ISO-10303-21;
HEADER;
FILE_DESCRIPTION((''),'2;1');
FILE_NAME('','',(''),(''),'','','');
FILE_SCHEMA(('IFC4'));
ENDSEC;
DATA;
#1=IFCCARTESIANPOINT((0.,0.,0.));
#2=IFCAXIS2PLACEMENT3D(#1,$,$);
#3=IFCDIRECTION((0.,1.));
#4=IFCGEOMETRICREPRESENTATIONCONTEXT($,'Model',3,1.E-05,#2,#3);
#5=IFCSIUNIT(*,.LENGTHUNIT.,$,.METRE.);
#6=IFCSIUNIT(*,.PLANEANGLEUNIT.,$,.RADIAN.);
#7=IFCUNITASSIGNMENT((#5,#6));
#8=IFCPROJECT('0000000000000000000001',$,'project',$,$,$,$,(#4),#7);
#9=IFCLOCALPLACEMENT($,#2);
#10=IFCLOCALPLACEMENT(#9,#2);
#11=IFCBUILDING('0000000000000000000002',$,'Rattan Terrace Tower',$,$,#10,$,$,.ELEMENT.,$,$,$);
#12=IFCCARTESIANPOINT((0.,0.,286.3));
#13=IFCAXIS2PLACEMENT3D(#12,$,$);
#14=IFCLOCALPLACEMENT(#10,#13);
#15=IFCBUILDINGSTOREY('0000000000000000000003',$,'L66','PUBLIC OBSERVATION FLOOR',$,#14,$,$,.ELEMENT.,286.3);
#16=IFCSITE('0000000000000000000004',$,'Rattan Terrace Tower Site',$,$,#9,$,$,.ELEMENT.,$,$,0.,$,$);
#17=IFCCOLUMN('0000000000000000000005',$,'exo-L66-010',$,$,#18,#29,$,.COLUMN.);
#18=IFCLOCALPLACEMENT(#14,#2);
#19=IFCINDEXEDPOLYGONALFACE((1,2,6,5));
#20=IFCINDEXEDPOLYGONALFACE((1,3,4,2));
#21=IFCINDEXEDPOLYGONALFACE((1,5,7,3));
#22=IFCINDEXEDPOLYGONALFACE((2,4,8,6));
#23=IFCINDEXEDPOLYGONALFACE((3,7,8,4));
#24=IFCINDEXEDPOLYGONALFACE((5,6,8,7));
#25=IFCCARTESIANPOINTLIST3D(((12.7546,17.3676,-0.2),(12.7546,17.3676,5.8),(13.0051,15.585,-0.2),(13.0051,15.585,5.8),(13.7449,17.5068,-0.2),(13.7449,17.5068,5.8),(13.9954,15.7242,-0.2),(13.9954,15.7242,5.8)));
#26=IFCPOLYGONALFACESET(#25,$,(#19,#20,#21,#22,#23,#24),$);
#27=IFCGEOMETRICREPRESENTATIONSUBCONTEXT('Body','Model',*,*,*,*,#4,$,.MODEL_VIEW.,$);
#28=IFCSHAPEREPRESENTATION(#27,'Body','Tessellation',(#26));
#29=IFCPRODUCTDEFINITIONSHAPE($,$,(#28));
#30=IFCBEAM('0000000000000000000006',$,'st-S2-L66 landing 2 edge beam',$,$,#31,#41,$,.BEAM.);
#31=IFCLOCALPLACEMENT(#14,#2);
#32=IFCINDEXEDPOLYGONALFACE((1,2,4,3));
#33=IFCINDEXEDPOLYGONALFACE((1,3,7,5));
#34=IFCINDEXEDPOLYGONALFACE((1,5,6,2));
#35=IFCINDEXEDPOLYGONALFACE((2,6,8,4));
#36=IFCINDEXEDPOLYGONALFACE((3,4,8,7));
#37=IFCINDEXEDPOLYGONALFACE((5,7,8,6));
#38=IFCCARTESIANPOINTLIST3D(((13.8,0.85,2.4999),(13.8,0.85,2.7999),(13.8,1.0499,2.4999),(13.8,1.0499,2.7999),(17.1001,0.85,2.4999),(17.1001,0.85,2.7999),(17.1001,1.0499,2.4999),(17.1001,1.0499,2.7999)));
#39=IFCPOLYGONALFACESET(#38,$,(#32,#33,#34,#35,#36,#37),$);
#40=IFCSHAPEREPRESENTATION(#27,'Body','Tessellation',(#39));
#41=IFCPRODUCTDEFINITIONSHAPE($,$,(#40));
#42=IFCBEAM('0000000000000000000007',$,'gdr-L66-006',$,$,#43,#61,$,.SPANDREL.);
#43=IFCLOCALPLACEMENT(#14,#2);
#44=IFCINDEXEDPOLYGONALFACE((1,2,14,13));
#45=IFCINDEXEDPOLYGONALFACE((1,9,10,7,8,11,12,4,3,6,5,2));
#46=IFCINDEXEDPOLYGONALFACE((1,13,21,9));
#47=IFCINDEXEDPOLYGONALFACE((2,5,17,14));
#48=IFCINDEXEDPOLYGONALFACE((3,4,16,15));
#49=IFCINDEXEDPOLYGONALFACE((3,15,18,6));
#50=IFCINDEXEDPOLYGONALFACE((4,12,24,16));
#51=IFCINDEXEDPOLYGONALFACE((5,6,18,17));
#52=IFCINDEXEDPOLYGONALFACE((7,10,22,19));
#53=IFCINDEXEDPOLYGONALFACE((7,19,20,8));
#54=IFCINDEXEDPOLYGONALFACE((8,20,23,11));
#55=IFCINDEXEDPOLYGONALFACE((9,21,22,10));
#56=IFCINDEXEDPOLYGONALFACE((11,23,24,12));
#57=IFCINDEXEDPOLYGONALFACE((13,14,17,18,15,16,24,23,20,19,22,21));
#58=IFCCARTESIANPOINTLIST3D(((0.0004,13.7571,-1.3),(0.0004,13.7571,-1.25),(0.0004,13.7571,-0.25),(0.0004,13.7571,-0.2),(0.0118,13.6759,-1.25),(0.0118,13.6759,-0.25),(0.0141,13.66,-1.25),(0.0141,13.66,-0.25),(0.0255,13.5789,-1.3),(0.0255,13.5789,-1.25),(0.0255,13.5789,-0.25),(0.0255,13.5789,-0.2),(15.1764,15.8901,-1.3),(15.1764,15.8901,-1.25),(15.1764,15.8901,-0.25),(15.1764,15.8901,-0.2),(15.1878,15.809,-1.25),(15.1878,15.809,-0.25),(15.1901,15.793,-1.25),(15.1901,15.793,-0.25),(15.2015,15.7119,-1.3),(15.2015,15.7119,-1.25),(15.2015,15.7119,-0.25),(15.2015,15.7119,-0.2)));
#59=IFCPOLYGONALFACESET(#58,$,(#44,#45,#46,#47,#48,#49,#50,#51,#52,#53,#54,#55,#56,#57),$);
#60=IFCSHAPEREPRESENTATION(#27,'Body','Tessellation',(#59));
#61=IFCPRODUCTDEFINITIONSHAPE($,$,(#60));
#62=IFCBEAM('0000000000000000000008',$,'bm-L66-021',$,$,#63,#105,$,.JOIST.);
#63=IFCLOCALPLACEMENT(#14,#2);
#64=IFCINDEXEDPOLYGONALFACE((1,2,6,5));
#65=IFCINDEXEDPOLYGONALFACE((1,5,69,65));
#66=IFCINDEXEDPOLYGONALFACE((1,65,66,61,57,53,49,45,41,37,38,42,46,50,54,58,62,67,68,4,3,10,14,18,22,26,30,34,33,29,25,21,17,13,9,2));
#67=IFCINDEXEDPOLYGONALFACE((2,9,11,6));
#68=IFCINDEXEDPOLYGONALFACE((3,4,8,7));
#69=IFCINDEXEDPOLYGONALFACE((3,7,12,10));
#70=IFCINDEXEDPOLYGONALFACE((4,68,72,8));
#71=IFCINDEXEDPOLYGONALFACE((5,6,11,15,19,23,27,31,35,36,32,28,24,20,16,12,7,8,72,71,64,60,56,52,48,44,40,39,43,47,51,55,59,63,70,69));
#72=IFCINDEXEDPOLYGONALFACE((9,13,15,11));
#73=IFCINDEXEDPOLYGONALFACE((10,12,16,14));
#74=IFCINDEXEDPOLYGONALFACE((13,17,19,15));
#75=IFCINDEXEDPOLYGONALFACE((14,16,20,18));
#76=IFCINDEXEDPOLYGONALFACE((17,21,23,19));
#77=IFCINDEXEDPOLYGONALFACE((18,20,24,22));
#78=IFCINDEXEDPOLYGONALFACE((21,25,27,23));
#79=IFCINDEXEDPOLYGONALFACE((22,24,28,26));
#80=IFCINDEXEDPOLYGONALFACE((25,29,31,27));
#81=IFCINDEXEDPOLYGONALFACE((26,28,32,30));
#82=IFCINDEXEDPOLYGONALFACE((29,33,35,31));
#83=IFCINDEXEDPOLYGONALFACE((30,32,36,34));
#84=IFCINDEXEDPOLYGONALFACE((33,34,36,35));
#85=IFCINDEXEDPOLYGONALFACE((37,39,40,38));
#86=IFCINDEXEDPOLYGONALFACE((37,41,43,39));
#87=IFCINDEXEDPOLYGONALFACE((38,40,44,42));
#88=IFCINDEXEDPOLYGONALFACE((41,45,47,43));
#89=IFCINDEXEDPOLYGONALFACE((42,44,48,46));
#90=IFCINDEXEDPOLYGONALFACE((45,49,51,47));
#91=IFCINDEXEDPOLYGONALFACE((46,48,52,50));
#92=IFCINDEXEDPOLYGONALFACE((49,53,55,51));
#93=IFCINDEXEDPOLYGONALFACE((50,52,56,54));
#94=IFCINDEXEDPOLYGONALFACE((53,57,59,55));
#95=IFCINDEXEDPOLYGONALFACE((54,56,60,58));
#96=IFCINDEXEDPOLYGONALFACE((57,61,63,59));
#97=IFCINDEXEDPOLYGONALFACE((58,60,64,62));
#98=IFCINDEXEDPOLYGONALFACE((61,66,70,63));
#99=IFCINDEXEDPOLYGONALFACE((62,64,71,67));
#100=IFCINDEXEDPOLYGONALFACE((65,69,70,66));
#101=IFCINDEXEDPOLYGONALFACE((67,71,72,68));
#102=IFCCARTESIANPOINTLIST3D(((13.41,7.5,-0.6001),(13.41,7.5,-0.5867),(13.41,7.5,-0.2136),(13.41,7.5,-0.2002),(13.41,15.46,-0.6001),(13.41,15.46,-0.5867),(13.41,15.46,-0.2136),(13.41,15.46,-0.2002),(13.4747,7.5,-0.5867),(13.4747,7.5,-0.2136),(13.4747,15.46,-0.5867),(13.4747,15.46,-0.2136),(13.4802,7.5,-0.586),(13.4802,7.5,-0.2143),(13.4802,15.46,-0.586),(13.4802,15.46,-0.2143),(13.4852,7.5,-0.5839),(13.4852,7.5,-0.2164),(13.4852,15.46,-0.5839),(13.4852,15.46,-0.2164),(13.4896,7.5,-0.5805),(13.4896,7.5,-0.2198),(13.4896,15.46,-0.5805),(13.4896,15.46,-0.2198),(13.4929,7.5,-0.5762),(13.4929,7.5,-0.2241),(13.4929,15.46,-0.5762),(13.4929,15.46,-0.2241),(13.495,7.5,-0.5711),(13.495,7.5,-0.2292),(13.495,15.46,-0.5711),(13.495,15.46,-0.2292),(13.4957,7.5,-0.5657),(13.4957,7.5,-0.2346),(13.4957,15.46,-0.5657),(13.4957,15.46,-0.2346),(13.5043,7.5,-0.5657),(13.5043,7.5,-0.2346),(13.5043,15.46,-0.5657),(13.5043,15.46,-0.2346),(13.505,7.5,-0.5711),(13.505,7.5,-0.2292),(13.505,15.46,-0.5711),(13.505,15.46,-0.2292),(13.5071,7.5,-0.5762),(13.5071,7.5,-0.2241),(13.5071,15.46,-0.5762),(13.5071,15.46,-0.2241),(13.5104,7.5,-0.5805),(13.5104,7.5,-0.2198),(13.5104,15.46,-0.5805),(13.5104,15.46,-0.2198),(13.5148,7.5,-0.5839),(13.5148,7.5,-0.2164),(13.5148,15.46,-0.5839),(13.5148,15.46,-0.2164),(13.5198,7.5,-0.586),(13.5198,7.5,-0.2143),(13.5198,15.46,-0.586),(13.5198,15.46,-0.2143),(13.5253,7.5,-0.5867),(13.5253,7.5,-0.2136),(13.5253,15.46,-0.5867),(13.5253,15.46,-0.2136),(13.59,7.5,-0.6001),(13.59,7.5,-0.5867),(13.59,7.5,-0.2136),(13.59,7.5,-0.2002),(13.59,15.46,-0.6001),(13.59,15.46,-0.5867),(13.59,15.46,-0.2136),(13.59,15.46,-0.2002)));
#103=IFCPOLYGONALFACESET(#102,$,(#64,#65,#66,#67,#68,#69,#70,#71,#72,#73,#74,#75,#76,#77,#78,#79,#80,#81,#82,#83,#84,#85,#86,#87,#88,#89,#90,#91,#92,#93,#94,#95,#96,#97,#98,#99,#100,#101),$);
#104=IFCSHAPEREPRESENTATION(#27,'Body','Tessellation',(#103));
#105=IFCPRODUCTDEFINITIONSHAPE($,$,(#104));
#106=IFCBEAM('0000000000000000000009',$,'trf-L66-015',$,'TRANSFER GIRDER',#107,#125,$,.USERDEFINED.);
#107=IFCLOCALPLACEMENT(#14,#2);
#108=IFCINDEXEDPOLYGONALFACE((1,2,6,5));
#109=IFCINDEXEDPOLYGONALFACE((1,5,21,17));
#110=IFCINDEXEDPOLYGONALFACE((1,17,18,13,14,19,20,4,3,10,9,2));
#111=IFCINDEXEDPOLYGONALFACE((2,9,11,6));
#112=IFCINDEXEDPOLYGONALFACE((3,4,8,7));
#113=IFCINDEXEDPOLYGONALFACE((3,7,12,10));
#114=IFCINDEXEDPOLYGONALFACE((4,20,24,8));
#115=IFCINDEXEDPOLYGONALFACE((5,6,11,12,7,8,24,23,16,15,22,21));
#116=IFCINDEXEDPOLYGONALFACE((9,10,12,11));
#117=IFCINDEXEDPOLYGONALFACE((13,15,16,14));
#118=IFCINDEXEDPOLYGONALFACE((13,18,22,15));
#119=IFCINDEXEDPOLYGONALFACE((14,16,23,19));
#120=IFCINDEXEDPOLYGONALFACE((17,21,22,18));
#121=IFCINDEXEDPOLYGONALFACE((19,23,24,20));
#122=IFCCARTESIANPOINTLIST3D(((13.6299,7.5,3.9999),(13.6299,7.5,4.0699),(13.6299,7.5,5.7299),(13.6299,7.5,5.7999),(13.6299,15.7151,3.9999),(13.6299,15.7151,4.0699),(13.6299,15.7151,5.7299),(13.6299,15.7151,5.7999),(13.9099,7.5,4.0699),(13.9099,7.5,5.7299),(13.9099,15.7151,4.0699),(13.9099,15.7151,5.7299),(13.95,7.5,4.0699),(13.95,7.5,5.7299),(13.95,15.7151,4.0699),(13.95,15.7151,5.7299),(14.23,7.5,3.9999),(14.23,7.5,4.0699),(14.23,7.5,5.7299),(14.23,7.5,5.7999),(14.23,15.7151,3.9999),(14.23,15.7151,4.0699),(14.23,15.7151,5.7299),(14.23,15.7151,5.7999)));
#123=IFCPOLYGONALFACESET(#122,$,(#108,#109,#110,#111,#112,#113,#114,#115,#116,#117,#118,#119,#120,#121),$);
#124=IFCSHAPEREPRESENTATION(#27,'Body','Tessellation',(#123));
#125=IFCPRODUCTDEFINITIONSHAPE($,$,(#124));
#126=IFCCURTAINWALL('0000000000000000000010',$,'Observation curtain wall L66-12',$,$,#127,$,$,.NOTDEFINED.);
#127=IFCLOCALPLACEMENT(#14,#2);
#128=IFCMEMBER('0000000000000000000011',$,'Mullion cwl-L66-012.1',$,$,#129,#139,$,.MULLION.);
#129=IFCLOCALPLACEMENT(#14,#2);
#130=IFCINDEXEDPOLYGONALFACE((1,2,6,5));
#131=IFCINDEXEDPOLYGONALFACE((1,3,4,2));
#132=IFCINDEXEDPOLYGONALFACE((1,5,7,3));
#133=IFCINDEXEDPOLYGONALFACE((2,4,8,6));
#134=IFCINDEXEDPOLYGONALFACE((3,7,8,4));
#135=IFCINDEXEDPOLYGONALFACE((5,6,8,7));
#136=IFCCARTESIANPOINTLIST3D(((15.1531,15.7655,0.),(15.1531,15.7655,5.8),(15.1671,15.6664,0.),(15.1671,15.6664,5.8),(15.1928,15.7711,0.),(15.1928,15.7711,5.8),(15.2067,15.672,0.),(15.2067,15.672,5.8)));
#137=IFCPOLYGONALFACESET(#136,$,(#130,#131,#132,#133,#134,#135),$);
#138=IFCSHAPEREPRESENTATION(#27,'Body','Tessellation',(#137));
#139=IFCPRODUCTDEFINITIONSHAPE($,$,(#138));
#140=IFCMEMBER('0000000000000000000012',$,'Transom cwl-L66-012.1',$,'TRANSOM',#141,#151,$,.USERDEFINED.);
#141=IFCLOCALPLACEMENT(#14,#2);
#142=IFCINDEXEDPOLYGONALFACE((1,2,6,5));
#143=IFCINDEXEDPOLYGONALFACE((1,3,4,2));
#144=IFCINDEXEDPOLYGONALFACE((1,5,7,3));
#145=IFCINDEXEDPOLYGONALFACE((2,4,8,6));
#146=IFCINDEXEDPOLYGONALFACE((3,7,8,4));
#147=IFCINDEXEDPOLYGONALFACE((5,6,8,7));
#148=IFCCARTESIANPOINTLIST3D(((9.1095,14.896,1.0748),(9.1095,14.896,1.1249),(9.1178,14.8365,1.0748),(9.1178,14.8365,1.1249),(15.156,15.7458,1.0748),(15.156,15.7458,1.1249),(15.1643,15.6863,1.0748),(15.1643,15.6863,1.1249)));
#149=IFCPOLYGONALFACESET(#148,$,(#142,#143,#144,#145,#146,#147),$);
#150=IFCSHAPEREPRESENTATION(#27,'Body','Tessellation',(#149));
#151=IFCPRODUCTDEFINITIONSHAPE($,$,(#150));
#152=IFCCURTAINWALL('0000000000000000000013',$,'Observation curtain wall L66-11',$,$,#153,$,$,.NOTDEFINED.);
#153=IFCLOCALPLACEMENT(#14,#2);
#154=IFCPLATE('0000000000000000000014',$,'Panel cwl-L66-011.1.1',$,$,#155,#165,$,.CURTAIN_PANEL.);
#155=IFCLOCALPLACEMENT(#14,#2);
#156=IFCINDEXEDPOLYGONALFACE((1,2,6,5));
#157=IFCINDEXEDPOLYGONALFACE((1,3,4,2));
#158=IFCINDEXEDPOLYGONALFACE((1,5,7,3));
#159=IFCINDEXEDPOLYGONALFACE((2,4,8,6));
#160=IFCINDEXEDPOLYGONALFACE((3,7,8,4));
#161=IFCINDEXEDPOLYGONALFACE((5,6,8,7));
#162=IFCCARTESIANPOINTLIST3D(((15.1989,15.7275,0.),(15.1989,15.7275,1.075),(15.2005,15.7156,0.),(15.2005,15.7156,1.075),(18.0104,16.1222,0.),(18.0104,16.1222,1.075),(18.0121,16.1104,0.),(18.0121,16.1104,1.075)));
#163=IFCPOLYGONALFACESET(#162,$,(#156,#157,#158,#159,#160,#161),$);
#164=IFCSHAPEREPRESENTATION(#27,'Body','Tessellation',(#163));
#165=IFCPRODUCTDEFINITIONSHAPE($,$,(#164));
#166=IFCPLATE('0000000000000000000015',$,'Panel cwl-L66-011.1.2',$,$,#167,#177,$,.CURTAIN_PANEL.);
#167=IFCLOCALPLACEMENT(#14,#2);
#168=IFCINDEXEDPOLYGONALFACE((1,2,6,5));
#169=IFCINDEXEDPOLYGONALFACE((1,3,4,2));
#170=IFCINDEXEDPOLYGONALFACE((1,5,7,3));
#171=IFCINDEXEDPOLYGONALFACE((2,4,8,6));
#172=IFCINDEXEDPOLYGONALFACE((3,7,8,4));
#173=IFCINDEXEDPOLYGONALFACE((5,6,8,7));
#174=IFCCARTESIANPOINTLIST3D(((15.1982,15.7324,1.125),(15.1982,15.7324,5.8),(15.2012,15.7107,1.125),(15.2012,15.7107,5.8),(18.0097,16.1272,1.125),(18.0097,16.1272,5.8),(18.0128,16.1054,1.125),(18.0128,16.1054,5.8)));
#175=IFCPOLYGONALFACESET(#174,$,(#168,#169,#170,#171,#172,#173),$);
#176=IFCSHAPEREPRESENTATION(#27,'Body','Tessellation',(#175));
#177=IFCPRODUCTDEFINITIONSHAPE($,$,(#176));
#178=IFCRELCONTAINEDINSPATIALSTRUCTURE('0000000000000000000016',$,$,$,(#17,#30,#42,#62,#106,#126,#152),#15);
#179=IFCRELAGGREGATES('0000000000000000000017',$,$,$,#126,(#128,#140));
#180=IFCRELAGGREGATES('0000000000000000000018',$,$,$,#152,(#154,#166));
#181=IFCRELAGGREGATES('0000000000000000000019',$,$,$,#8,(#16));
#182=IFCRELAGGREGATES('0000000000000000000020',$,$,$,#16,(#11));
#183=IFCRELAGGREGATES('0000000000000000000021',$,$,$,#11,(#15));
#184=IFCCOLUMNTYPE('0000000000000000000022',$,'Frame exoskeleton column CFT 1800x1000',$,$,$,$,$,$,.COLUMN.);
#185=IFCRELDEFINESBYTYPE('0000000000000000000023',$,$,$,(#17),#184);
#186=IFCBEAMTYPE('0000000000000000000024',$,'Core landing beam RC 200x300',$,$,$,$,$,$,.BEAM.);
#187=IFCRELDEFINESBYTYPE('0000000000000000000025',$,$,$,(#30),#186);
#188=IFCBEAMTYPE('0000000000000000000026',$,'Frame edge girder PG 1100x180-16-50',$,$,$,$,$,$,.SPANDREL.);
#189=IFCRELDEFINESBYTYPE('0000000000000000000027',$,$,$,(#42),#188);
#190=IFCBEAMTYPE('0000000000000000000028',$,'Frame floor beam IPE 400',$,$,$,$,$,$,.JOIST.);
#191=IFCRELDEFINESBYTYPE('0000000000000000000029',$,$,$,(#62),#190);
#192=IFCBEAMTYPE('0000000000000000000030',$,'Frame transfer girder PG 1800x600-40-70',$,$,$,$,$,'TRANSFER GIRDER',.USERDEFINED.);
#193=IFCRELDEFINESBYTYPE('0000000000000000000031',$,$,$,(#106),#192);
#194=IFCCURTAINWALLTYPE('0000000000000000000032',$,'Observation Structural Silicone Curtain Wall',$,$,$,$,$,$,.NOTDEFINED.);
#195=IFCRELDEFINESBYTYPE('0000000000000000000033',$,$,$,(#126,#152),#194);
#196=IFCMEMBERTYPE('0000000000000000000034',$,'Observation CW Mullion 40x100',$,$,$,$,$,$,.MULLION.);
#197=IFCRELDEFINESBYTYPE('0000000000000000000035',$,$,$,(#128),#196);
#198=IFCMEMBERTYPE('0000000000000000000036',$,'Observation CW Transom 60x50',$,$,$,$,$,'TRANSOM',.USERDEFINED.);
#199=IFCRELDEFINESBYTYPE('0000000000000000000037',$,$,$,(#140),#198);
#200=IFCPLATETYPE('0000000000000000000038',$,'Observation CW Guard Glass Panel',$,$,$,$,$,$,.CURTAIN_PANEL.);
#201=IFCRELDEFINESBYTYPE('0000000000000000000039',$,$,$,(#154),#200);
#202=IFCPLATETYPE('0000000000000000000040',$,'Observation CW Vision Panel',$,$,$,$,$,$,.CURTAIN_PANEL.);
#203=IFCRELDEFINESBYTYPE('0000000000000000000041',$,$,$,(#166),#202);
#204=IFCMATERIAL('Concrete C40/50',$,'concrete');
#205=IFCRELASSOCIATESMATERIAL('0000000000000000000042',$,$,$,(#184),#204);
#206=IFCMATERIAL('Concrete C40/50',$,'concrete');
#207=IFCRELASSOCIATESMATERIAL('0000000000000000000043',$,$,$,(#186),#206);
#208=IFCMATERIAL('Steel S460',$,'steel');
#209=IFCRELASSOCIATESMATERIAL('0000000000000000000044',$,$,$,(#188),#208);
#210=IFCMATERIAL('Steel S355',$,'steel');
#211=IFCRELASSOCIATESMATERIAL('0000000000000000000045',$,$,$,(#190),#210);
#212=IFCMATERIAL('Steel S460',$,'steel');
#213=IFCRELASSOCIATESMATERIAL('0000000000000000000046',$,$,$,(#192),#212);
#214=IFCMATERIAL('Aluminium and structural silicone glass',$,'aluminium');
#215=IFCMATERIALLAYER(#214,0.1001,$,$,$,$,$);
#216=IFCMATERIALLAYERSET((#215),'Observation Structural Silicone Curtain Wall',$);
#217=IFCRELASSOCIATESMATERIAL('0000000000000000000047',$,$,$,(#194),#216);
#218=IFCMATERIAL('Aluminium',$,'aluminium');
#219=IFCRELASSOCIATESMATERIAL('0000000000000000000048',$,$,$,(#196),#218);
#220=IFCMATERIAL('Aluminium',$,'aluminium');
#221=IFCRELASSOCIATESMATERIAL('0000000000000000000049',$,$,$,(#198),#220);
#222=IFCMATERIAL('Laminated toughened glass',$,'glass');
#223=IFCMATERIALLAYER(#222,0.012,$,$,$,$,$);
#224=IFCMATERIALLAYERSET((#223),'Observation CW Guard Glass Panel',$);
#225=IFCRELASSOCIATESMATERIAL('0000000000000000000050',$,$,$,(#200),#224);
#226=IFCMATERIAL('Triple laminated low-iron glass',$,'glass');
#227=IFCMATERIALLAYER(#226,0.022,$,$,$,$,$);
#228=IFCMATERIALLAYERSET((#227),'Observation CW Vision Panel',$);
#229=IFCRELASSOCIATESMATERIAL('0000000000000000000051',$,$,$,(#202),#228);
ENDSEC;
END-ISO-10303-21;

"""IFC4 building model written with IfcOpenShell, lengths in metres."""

from ifc_helpers import new_model, si_unit, direction, frame, origin, origin_2d, place, context, subcontext, project, spatial, rectangle, i_section, extrude, material, layer, layer_set, material_profile, profile_set, type_object, element, aggregate, save


model = new_model("IFC4")

# Units and contexts
model_context = context("Model", 3, precision=1e-05, world=origin(), true_north=direction((0.0, 1.0)))
body_context = subcontext(model_context, "Body", "Model", "MODEL_VIEW")
ifc_project = project(units=[si_unit("LENGTHUNIT", "METRE"), si_unit("PLANEANGLEUNIT", "RADIAN")], contexts=[model_context])

# Site, building, storey
site_placement = place(None, origin())
site = spatial("IfcSite", under=ifc_project, at=site_placement, Name="Rattan Terrace Tower Site", CompositionType="ELEMENT", RefElevation=0.0)
building_placement = place(site_placement, origin())
building = spatial("IfcBuilding", under=site, at=building_placement, Name="Rattan Terrace Tower", CompositionType="ELEMENT")
storey_placement = place(building_placement, frame((0.0, 0.0, 286.3)))
storey = spatial("IfcBuildingStorey", under=building, at=storey_placement, Name="L66", Description="PUBLIC OBSERVATION FLOOR", CompositionType="ELEMENT", Elevation=286.3)

# Column
ifc_material_1 = material(Name="Concrete C40/50", Category="concrete")
ifc_material_profile_1 = material_profile(ifc_material_1, rectangle(XDim=1.0, YDim=1.8, at=origin_2d()), Name="CFT 1800x1000")
ifc_profile_set_1 = profile_set([ifc_material_profile_1], Name="Concrete C40/50")
column_type = type_object("IfcColumnType", Name="Frame exoskeleton column CFT 1800x1000", PredefinedType="COLUMN", material=ifc_profile_set_1)
column_placement = place(storey_placement, frame((13.375, 16.5459, -0.2), z_axis=(0.0, 0.0, 1.0), x_axis=(0.990266, 0.13919, 0.0)))
element("IfcColumn", 1, at=column_placement, inside=storey, type_object=column_type, Name="exo-L66-010", PredefinedType="COLUMN", context=body_context, shape_type="SweptSolid", body=[
    extrude(rectangle(XDim=1.0, YDim=1.8, at=origin_2d()), origin(), (0.0, 0.0, 1.0), 6.0),
])

# Beams
ifc_material_2 = material(Name="Concrete C40/50", Category="concrete")
ifc_material_profile_2 = material_profile(ifc_material_2, rectangle(XDim=0.2, YDim=0.3, at=origin_2d()), Name="RC 200x300")
ifc_profile_set_2 = profile_set([ifc_material_profile_2], Name="Concrete C40/50")
beam_type_1 = type_object("IfcBeamType", Name="Core landing beam RC 200x300", PredefinedType="BEAM", material=ifc_profile_set_2)
beam_1_placement = place(storey_placement, frame((13.8, 0.95, 2.6499), z_axis=(1.0, 0.0, 0.0), x_axis=(0.0, 1.0, 0.0)))
element("IfcBeam", 2, at=beam_1_placement, inside=storey, type_object=beam_type_1, Name="st-S2-L66 landing 2 edge beam", PredefinedType="BEAM", context=body_context, shape_type="SweptSolid", body=[
    extrude(rectangle(XDim=0.2, YDim=0.3, at=origin_2d()), origin(), (0.0, 0.0, 1.0), 3.3),
])
ifc_material_3 = material(Name="Steel S460", Category="steel")
ifc_material_profile_3 = material_profile(ifc_material_3, i_section(OverallWidth=0.1799, OverallDepth=1.1001, WebThickness=0.0161, FlangeThickness=0.05, at=origin_2d()), Name="PG 1100x180-16-50")
ifc_profile_set_3 = profile_set([ifc_material_profile_3], Name="Steel S460")
beam_type_2 = type_object("IfcBeamType", Name="Frame edge girder PG 1100x180-16-50", PredefinedType="SPANDREL", material=ifc_profile_set_3)
beam_2_placement = place(storey_placement, frame((15.189, 15.801, -0.75), z_axis=(-0.990266, -0.139186, 0.0), x_axis=(0.139186, -0.990266, 0.0)))
element("IfcBeam", 3, at=beam_2_placement, inside=storey, type_object=beam_type_2, Name="gdr-L66-006", PredefinedType="SPANDREL", context=body_context, shape_type="SweptSolid", body=[
    extrude(i_section(OverallWidth=0.1799, OverallDepth=1.1001, WebThickness=0.0161, FlangeThickness=0.05, at=origin_2d()), origin(), (0.0, 0.0, 1.0), 15.3252),
])
ifc_material_4 = material(Name="Steel S355", Category="steel")
ifc_material_profile_4 = material_profile(ifc_material_4, i_section(OverallWidth=0.1799, OverallDepth=0.3999, WebThickness=0.0085, FlangeThickness=0.0134, FilletRadius=0.021, at=origin_2d()), Name="IPE 400")
ifc_profile_set_4 = profile_set([ifc_material_profile_4], Name="Steel S355")
beam_type_3 = type_object("IfcBeamType", Name="Frame floor beam IPE 400", PredefinedType="JOIST", material=ifc_profile_set_4)
beam_3_placement = place(storey_placement, frame((13.5, 7.5, -0.4001), z_axis=(0.0, 1.0, 0.0), x_axis=(-1.0, 0.0, 0.0)))
element("IfcBeam", 4, at=beam_3_placement, inside=storey, type_object=beam_type_3, Name="bm-L66-021", PredefinedType="JOIST", context=body_context, shape_type="SweptSolid", body=[
    extrude(i_section(OverallWidth=0.1799, OverallDepth=0.3999, WebThickness=0.0085, FlangeThickness=0.0134, FilletRadius=0.021, at=origin_2d()), origin(), (0.0, 0.0, 1.0), 7.96),
])
ifc_material_5 = material(Name="Steel S460", Category="steel")
ifc_material_profile_5 = material_profile(ifc_material_5, i_section(OverallWidth=0.6001, OverallDepth=1.8, WebThickness=0.04, FlangeThickness=0.0701, at=origin_2d()), Name="PG 1800x600-40-70")
ifc_profile_set_5 = profile_set([ifc_material_profile_5], Name="Steel S460")
beam_type_4 = type_object("IfcBeamType", Name="Frame transfer girder PG 1800x600-40-70", ElementType="TRANSFER GIRDER", PredefinedType="USERDEFINED", material=ifc_profile_set_5)
beam_4_placement = place(storey_placement, frame((13.9299, 7.5, 4.8999), z_axis=(0.0, 1.0, 0.0), x_axis=(-1.0, 0.0, 0.0)))
element("IfcBeam", 5, at=beam_4_placement, inside=storey, type_object=beam_type_4, Name="trf-L66-015", ObjectType="TRANSFER GIRDER", PredefinedType="USERDEFINED", context=body_context, shape_type="SweptSolid", body=[
    extrude(i_section(OverallWidth=0.6001, OverallDepth=1.8, WebThickness=0.04, FlangeThickness=0.0701, at=origin_2d()), origin(), (0.0, 0.0, 1.0), 8.2151),
])

# Curtain wall, members
ifc_material_6 = material(Name="Aluminium and structural silicone glass", Category="aluminium")
ifc_layer_1 = layer(ifc_material_6, 0.1001)
ifc_layer_set_1 = layer_set([ifc_layer_1], Name="Observation Structural Silicone Curtain Wall")
curtain_wall_type = type_object("IfcCurtainWallType", Name="Observation Structural Silicone Curtain Wall", PredefinedType="NOTDEFINED", material=ifc_layer_set_1)
curtain_wall_1_placement = place(storey_placement, origin())
curtain_wall_1 = element("IfcCurtainWall", 6, at=curtain_wall_1_placement, inside=storey, type_object=curtain_wall_type, Name="Observation curtain wall L66-12", PredefinedType="NOTDEFINED")
ifc_material_7 = material(Name="Aluminium", Category="aluminium")
ifc_material_profile_6 = material_profile(ifc_material_7, rectangle(XDim=0.04, YDim=0.1001, at=origin_2d()), Name="Aluminium 40x100")
ifc_profile_set_6 = profile_set([ifc_material_profile_6], Name="Aluminium")
member_type_1 = type_object("IfcMemberType", Name="Observation CW Mullion 40x100", PredefinedType="MULLION", material=ifc_profile_set_6)
member_1_placement = place(storey_placement, frame((15.1799, 15.7188, 0.0), z_axis=(0.0, 0.0, 1.0), x_axis=(-0.990266, -0.139189, 0.0)))
member_1 = element("IfcMember", 7, at=member_1_placement, type_object=member_type_1, Name="Mullion cwl-L66-012.1", PredefinedType="MULLION", context=body_context, shape_type="SweptSolid", body=[
    extrude(rectangle(XDim=0.04, YDim=0.1001, at=origin_2d()), origin(), (0.0, 0.0, 1.0), 5.8),
])
ifc_material_8 = material(Name="Aluminium", Category="aluminium")
ifc_material_profile_7 = material_profile(ifc_material_8, rectangle(XDim=0.0601, YDim=0.05, at=origin_2d()), Name="Aluminium 60x50")
ifc_profile_set_7 = profile_set([ifc_material_profile_7], Name="Aluminium")
member_type_2 = type_object("IfcMemberType", Name="Observation CW Transom 60x50", ElementType="TRANSOM", PredefinedType="USERDEFINED", material=ifc_profile_set_7)
member_2_placement = place(storey_placement, frame((15.1602, 15.7161, 1.0999), z_axis=(-0.990267, -0.139182, 0.0), x_axis=(0.139182, -0.990267, 0.0)))
member_2 = element("IfcMember", 8, at=member_2_placement, type_object=member_type_2, Name="Transom cwl-L66-012.1", ObjectType="TRANSOM", PredefinedType="USERDEFINED", context=body_context, shape_type="SweptSolid", body=[
    extrude(rectangle(XDim=0.0601, YDim=0.05, at=origin_2d()), origin(), (0.0, 0.0, 1.0), 6.106),
])
aggregate(curtain_wall_1, [member_1, member_2])

# Curtain wall, plates
curtain_wall_2_placement = place(storey_placement, origin())
curtain_wall_2 = element("IfcCurtainWall", 9, at=curtain_wall_2_placement, inside=storey, type_object=curtain_wall_type, Name="Observation curtain wall L66-11", PredefinedType="NOTDEFINED")
ifc_material_9 = material(Name="Laminated toughened glass", Category="glass")
ifc_layer_2 = layer(ifc_material_9, 0.012)
ifc_layer_set_2 = layer_set([ifc_layer_2], Name="Observation CW Guard Glass Panel")
plate_type_1 = type_object("IfcPlateType", Name="Observation CW Guard Glass Panel", PredefinedType="CURTAIN_PANEL", material=ifc_layer_set_2)
plate_1_placement = place(storey_placement, frame((16.6055, 15.9189, 0.0), z_axis=(0.0, 0.0, 1.0), x_axis=(-0.990287, -0.13904, 0.0)))
plate_1 = element("IfcPlate", 10, at=plate_1_placement, type_object=plate_type_1, Name="Panel cwl-L66-011.1.1", PredefinedType="CURTAIN_PANEL", context=body_context, shape_type="SweptSolid", body=[
    extrude(rectangle(XDim=2.8391, YDim=0.012, at=origin_2d()), origin(), (0.0, 0.0, 1.0), 1.075),
])
ifc_material_10 = material(Name="Triple laminated low-iron glass", Category="glass")
ifc_layer_3 = layer(ifc_material_10, 0.022)
ifc_layer_set_3 = layer_set([ifc_layer_3], Name="Observation CW Vision Panel")
plate_type_2 = type_object("IfcPlateType", Name="Observation CW Vision Panel", PredefinedType="CURTAIN_PANEL", material=ifc_layer_set_3)
plate_2_placement = place(storey_placement, frame((16.6055, 15.9189, 1.125), z_axis=(0.0, 0.0, 1.0), x_axis=(-0.990287, -0.13904, 0.0)))
plate_2 = element("IfcPlate", 11, at=plate_2_placement, type_object=plate_type_2, Name="Panel cwl-L66-011.1.2", PredefinedType="CURTAIN_PANEL", context=body_context, shape_type="SweptSolid", body=[
    extrude(rectangle(XDim=2.8391, YDim=0.022, at=origin_2d()), origin(), (0.0, 0.0, 1.0), 4.675),
])
aggregate(curtain_wall_2, [plate_1, plate_2])

save(model, "model.ifc")
